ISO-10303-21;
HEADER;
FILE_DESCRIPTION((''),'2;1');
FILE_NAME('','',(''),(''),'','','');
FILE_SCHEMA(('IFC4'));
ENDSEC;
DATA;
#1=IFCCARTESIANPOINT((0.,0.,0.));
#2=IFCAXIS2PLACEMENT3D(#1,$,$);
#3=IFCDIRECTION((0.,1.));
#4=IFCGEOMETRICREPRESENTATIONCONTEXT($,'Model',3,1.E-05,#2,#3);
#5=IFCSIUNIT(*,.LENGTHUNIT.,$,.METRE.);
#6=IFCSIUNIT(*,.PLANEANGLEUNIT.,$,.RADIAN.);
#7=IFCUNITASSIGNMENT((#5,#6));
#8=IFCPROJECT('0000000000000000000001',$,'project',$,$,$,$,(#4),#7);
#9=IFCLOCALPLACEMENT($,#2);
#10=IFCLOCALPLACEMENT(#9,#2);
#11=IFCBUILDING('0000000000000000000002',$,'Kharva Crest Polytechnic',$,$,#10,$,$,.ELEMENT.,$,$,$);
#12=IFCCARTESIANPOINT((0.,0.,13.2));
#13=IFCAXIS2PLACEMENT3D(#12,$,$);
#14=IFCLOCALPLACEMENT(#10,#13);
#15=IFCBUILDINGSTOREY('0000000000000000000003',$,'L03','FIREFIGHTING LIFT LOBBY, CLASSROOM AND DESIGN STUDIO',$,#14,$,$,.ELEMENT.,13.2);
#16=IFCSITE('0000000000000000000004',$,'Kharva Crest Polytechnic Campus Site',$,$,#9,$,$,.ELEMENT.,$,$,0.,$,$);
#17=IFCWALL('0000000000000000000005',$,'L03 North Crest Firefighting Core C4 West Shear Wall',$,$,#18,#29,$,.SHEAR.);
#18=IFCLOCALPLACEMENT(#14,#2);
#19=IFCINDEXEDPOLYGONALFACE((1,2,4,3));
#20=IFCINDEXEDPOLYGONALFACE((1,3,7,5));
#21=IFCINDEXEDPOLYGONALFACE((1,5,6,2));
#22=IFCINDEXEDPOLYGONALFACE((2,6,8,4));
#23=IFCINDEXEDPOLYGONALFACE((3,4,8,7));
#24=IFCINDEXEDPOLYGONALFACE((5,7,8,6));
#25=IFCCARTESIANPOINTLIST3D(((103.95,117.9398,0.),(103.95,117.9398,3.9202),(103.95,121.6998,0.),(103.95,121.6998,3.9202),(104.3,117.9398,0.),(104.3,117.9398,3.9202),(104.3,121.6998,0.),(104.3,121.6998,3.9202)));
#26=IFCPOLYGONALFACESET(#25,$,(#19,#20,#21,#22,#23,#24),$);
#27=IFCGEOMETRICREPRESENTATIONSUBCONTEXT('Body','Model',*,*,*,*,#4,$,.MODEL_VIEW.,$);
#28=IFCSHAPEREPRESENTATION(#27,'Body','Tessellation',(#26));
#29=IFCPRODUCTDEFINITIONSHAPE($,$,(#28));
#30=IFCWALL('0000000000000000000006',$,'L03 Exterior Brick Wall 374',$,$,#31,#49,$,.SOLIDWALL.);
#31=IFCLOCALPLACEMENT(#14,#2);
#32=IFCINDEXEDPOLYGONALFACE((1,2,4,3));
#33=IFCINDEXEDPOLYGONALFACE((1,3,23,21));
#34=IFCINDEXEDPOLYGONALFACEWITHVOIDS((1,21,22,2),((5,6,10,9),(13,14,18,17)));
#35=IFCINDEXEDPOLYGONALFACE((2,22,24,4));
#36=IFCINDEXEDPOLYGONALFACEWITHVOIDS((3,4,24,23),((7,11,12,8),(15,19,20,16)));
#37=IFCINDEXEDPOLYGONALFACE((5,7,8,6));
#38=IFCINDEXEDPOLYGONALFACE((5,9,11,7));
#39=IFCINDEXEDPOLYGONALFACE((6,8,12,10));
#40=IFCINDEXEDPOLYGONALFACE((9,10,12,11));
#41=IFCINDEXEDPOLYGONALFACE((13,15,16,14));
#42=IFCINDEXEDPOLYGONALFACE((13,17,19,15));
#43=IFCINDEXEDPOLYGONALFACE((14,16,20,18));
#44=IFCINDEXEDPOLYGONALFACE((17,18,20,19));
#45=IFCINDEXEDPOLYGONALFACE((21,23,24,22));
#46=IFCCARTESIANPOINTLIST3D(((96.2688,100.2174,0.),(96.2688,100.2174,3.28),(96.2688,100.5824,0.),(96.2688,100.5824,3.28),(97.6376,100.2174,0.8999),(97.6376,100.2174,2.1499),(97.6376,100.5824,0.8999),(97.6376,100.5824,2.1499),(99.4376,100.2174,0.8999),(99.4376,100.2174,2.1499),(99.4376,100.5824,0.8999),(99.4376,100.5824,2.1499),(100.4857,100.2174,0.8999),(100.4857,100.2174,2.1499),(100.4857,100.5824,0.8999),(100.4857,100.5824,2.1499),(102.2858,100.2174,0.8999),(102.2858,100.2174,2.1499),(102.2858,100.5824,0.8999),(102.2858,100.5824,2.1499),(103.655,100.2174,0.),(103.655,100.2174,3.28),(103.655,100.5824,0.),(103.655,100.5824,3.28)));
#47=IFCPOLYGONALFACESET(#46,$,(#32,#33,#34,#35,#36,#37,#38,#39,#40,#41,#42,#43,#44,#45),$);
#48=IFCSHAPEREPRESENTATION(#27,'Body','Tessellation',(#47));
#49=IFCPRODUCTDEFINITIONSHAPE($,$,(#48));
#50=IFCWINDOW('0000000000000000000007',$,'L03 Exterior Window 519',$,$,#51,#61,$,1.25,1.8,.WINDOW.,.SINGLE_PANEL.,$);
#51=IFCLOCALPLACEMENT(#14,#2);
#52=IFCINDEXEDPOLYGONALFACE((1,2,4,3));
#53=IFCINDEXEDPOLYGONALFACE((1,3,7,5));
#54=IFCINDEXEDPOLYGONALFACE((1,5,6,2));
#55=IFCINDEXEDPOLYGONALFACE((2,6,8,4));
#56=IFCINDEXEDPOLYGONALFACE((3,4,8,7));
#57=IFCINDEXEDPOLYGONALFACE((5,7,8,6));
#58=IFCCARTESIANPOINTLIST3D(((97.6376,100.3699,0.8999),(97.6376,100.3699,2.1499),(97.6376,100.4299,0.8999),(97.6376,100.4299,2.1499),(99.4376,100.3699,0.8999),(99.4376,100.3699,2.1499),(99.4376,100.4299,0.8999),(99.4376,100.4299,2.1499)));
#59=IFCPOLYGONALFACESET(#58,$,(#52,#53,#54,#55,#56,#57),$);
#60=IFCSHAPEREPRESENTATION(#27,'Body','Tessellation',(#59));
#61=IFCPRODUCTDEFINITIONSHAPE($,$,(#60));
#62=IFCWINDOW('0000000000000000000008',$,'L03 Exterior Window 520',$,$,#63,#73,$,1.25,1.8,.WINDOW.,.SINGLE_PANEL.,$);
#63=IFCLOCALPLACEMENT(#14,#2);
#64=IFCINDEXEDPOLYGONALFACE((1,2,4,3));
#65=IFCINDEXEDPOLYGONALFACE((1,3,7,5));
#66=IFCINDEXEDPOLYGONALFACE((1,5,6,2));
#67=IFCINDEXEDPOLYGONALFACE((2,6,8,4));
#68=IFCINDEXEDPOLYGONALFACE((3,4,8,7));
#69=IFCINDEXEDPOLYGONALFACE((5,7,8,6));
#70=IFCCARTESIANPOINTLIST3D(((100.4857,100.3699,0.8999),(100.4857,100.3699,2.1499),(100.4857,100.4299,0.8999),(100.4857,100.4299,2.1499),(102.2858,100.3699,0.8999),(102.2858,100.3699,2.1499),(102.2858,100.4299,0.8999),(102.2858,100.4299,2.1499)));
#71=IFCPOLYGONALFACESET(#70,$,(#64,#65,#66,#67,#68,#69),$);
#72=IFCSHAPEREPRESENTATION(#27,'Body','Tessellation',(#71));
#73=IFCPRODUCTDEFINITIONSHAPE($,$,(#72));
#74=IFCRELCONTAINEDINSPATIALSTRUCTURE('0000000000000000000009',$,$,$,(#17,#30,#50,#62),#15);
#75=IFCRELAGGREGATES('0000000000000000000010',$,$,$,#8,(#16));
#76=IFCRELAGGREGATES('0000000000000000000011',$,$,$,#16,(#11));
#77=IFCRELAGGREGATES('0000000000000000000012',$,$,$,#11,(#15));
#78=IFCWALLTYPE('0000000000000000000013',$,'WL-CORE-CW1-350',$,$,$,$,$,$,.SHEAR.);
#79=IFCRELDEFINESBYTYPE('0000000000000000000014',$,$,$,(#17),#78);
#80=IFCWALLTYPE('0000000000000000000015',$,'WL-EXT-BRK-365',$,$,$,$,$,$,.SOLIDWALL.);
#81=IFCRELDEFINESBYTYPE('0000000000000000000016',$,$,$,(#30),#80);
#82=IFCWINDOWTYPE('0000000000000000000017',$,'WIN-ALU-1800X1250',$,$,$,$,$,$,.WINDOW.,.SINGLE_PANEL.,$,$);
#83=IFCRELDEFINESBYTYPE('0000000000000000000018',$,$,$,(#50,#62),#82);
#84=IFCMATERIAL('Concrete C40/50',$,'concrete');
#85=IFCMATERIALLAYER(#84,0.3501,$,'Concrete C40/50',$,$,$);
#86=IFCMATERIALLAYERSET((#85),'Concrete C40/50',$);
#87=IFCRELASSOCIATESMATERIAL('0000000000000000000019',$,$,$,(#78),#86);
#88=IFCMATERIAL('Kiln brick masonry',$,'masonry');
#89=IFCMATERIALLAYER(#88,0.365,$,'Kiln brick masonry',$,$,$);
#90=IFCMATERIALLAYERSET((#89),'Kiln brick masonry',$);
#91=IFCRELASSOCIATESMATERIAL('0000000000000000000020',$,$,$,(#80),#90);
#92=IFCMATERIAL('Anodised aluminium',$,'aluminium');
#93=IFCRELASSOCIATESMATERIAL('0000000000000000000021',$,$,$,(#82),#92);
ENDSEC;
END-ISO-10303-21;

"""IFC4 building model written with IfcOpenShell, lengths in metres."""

from ifc_helpers import new_model, si_unit, direction, frame, frame_2d, origin, place, context, subcontext, project, spatial, rectangle, extrude, material, layer, layer_set, type_object, element, fill, save


model = new_model("IFC4")

# Units and contexts
model_context = context("Model", 3, precision=1e-05, world=origin(), true_north=direction((0.0, 1.0)))
body_context = subcontext(model_context, "Body", "Model", "MODEL_VIEW")
ifc_project = project(units=[si_unit("LENGTHUNIT", "METRE"), si_unit("PLANEANGLEUNIT", "RADIAN")], contexts=[model_context])

# Site, building, storey
site_placement = place(None, origin())
site = spatial("IfcSite", under=ifc_project, at=site_placement, Name="Kharva Crest Polytechnic Campus Site", CompositionType="ELEMENT", RefElevation=0.0)
building_placement = place(site_placement, origin())
building = spatial("IfcBuilding", under=site, at=building_placement, Name="Kharva Crest Polytechnic", CompositionType="ELEMENT")
storey_placement = place(building_placement, frame((0.0, 0.0, 13.2)))
storey = spatial("IfcBuildingStorey", under=building, at=storey_placement, Name="L03", Description="FIREFIGHTING LIFT LOBBY, CLASSROOM AND DESIGN STUDIO", CompositionType="ELEMENT", Elevation=13.2)

# Shared definitions
ifc_material_1 = material(Name="Concrete C40/50", Category="concrete")

# Shared definitions
ifc_layer_1 = layer(ifc_material_1, 0.3501, Name="Concrete C40/50")
ifc_layer_set_1 = layer_set([ifc_layer_1], Name="Concrete C40/50")
wall_type_1 = type_object("IfcWallType", Name="WL-CORE-CW1-350", PredefinedType="SHEAR", material=ifc_layer_set_1)

# Wall
wall_1_placement = place(storey_placement, frame((104.125, 117.9399, 0.0), z_axis=(0.0, 0.0, 1.0), x_axis=(0.0, 1.0, 0.0)))
element("IfcWall", 1, at=wall_1_placement, inside=storey, type_object=wall_type_1, Name="L03 North Crest Firefighting Core C4 West Shear Wall", PredefinedType="SHEAR", context=body_context, shape_type="SweptSolid", body=[
    extrude(rectangle(XDim=3.76, YDim=0.3501, at=frame_2d((1.8799, 0.0))), origin(), (0.0, 0.0, 1.0), 3.9202),
])

# Wall, openings, windows
ifc_material_2 = material(Name="Kiln brick masonry", Category="masonry")
ifc_layer_2 = layer(ifc_material_2, 0.365, Name="Kiln brick masonry")
ifc_layer_set_2 = layer_set([ifc_layer_2], Name="Kiln brick masonry")
wall_type_2 = type_object("IfcWallType", Name="WL-EXT-BRK-365", PredefinedType="SOLIDWALL", material=ifc_layer_set_2)
wall_2_placement = place(storey_placement, frame((96.2688, 100.3999, 0.0), z_axis=(0.0, 0.0, 1.0), x_axis=(1.0, 0.0, 0.0)))
wall_2 = element("IfcWall", 2, at=wall_2_placement, inside=storey, type_object=wall_type_2, Name="L03 Exterior Brick Wall 374", PredefinedType="SOLIDWALL", context=body_context, shape_type="SweptSolid", body=[
    extrude(rectangle(XDim=7.3862, YDim=0.365, at=frame_2d((3.6931, 0.0))), origin(), (0.0, 0.0, 1.0), 3.28),
])
opening_1_placement = place(wall_2_placement, frame((1.3689, 0.0, 0.8999)))
opening_1 = element("IfcOpeningElement", 3, at=opening_1_placement, cuts=wall_2, PredefinedType="OPENING", context=body_context, shape_type="SweptSolid", body=[
    extrude(rectangle(XDim=1.8, YDim=1.25, at=frame_2d((0.8999, 0.625))), frame((0.0, 0.1924, 0.0), z_axis=(0.0, -1.0, 0.0), x_axis=(1.0, 0.0, 0.0)), (0.0, 0.0, 1.0), 0.385),
])
opening_2_placement = place(wall_2_placement, frame((4.217, 0.0, 0.8999)))
opening_2 = element("IfcOpeningElement", 4, at=opening_2_placement, cuts=wall_2, PredefinedType="OPENING", context=body_context, shape_type="SweptSolid", body=[
    extrude(rectangle(XDim=1.8, YDim=1.25, at=frame_2d((0.8999, 0.625))), frame((0.0, 0.1924, 0.0), z_axis=(0.0, -1.0, 0.0), x_axis=(1.0, 0.0, 0.0)), (0.0, 0.0, 1.0), 0.385),
])
ifc_material_3 = material(Name="Anodised aluminium", Category="aluminium")
window_type = type_object("IfcWindowType", Name="WIN-ALU-1800X1250", PartitioningType="SINGLE_PANEL", PredefinedType="WINDOW", material=ifc_material_3)
window_1_placement = place(opening_1_placement, origin())
window_1 = element("IfcWindow", 5, at=window_1_placement, inside=storey, type_object=window_type, Name="L03 Exterior Window 519", OverallHeight=1.25, OverallWidth=1.8, PartitioningType="SINGLE_PANEL", PredefinedType="WINDOW", context=body_context, shape_type="SweptSolid", body=[
    extrude(rectangle(XDim=1.8, YDim=1.25, at=frame_2d((0.8999, 0.625))), frame((0.0, 0.03, 0.0), z_axis=(0.0, -1.0, 0.0), x_axis=(1.0, 0.0, 0.0)), (0.0, 0.0, 1.0), 0.0601),
])
fill(opening_1, window_1)
window_2_placement = place(opening_2_placement, origin())
window_2 = element("IfcWindow", 6, at=window_2_placement, inside=storey, type_object=window_type, Name="L03 Exterior Window 520", OverallHeight=1.25, OverallWidth=1.8, PartitioningType="SINGLE_PANEL", PredefinedType="WINDOW", context=body_context, shape_type="SweptSolid", body=[
    extrude(rectangle(XDim=1.8, YDim=1.25, at=frame_2d((0.8999, 0.625))), frame((0.0, 0.03, 0.0), z_axis=(0.0, -1.0, 0.0), x_axis=(1.0, 0.0, 0.0)), (0.0, 0.0, 1.0), 0.0601),
])
fill(opening_2, window_2)

save(model, "model.ifc")
